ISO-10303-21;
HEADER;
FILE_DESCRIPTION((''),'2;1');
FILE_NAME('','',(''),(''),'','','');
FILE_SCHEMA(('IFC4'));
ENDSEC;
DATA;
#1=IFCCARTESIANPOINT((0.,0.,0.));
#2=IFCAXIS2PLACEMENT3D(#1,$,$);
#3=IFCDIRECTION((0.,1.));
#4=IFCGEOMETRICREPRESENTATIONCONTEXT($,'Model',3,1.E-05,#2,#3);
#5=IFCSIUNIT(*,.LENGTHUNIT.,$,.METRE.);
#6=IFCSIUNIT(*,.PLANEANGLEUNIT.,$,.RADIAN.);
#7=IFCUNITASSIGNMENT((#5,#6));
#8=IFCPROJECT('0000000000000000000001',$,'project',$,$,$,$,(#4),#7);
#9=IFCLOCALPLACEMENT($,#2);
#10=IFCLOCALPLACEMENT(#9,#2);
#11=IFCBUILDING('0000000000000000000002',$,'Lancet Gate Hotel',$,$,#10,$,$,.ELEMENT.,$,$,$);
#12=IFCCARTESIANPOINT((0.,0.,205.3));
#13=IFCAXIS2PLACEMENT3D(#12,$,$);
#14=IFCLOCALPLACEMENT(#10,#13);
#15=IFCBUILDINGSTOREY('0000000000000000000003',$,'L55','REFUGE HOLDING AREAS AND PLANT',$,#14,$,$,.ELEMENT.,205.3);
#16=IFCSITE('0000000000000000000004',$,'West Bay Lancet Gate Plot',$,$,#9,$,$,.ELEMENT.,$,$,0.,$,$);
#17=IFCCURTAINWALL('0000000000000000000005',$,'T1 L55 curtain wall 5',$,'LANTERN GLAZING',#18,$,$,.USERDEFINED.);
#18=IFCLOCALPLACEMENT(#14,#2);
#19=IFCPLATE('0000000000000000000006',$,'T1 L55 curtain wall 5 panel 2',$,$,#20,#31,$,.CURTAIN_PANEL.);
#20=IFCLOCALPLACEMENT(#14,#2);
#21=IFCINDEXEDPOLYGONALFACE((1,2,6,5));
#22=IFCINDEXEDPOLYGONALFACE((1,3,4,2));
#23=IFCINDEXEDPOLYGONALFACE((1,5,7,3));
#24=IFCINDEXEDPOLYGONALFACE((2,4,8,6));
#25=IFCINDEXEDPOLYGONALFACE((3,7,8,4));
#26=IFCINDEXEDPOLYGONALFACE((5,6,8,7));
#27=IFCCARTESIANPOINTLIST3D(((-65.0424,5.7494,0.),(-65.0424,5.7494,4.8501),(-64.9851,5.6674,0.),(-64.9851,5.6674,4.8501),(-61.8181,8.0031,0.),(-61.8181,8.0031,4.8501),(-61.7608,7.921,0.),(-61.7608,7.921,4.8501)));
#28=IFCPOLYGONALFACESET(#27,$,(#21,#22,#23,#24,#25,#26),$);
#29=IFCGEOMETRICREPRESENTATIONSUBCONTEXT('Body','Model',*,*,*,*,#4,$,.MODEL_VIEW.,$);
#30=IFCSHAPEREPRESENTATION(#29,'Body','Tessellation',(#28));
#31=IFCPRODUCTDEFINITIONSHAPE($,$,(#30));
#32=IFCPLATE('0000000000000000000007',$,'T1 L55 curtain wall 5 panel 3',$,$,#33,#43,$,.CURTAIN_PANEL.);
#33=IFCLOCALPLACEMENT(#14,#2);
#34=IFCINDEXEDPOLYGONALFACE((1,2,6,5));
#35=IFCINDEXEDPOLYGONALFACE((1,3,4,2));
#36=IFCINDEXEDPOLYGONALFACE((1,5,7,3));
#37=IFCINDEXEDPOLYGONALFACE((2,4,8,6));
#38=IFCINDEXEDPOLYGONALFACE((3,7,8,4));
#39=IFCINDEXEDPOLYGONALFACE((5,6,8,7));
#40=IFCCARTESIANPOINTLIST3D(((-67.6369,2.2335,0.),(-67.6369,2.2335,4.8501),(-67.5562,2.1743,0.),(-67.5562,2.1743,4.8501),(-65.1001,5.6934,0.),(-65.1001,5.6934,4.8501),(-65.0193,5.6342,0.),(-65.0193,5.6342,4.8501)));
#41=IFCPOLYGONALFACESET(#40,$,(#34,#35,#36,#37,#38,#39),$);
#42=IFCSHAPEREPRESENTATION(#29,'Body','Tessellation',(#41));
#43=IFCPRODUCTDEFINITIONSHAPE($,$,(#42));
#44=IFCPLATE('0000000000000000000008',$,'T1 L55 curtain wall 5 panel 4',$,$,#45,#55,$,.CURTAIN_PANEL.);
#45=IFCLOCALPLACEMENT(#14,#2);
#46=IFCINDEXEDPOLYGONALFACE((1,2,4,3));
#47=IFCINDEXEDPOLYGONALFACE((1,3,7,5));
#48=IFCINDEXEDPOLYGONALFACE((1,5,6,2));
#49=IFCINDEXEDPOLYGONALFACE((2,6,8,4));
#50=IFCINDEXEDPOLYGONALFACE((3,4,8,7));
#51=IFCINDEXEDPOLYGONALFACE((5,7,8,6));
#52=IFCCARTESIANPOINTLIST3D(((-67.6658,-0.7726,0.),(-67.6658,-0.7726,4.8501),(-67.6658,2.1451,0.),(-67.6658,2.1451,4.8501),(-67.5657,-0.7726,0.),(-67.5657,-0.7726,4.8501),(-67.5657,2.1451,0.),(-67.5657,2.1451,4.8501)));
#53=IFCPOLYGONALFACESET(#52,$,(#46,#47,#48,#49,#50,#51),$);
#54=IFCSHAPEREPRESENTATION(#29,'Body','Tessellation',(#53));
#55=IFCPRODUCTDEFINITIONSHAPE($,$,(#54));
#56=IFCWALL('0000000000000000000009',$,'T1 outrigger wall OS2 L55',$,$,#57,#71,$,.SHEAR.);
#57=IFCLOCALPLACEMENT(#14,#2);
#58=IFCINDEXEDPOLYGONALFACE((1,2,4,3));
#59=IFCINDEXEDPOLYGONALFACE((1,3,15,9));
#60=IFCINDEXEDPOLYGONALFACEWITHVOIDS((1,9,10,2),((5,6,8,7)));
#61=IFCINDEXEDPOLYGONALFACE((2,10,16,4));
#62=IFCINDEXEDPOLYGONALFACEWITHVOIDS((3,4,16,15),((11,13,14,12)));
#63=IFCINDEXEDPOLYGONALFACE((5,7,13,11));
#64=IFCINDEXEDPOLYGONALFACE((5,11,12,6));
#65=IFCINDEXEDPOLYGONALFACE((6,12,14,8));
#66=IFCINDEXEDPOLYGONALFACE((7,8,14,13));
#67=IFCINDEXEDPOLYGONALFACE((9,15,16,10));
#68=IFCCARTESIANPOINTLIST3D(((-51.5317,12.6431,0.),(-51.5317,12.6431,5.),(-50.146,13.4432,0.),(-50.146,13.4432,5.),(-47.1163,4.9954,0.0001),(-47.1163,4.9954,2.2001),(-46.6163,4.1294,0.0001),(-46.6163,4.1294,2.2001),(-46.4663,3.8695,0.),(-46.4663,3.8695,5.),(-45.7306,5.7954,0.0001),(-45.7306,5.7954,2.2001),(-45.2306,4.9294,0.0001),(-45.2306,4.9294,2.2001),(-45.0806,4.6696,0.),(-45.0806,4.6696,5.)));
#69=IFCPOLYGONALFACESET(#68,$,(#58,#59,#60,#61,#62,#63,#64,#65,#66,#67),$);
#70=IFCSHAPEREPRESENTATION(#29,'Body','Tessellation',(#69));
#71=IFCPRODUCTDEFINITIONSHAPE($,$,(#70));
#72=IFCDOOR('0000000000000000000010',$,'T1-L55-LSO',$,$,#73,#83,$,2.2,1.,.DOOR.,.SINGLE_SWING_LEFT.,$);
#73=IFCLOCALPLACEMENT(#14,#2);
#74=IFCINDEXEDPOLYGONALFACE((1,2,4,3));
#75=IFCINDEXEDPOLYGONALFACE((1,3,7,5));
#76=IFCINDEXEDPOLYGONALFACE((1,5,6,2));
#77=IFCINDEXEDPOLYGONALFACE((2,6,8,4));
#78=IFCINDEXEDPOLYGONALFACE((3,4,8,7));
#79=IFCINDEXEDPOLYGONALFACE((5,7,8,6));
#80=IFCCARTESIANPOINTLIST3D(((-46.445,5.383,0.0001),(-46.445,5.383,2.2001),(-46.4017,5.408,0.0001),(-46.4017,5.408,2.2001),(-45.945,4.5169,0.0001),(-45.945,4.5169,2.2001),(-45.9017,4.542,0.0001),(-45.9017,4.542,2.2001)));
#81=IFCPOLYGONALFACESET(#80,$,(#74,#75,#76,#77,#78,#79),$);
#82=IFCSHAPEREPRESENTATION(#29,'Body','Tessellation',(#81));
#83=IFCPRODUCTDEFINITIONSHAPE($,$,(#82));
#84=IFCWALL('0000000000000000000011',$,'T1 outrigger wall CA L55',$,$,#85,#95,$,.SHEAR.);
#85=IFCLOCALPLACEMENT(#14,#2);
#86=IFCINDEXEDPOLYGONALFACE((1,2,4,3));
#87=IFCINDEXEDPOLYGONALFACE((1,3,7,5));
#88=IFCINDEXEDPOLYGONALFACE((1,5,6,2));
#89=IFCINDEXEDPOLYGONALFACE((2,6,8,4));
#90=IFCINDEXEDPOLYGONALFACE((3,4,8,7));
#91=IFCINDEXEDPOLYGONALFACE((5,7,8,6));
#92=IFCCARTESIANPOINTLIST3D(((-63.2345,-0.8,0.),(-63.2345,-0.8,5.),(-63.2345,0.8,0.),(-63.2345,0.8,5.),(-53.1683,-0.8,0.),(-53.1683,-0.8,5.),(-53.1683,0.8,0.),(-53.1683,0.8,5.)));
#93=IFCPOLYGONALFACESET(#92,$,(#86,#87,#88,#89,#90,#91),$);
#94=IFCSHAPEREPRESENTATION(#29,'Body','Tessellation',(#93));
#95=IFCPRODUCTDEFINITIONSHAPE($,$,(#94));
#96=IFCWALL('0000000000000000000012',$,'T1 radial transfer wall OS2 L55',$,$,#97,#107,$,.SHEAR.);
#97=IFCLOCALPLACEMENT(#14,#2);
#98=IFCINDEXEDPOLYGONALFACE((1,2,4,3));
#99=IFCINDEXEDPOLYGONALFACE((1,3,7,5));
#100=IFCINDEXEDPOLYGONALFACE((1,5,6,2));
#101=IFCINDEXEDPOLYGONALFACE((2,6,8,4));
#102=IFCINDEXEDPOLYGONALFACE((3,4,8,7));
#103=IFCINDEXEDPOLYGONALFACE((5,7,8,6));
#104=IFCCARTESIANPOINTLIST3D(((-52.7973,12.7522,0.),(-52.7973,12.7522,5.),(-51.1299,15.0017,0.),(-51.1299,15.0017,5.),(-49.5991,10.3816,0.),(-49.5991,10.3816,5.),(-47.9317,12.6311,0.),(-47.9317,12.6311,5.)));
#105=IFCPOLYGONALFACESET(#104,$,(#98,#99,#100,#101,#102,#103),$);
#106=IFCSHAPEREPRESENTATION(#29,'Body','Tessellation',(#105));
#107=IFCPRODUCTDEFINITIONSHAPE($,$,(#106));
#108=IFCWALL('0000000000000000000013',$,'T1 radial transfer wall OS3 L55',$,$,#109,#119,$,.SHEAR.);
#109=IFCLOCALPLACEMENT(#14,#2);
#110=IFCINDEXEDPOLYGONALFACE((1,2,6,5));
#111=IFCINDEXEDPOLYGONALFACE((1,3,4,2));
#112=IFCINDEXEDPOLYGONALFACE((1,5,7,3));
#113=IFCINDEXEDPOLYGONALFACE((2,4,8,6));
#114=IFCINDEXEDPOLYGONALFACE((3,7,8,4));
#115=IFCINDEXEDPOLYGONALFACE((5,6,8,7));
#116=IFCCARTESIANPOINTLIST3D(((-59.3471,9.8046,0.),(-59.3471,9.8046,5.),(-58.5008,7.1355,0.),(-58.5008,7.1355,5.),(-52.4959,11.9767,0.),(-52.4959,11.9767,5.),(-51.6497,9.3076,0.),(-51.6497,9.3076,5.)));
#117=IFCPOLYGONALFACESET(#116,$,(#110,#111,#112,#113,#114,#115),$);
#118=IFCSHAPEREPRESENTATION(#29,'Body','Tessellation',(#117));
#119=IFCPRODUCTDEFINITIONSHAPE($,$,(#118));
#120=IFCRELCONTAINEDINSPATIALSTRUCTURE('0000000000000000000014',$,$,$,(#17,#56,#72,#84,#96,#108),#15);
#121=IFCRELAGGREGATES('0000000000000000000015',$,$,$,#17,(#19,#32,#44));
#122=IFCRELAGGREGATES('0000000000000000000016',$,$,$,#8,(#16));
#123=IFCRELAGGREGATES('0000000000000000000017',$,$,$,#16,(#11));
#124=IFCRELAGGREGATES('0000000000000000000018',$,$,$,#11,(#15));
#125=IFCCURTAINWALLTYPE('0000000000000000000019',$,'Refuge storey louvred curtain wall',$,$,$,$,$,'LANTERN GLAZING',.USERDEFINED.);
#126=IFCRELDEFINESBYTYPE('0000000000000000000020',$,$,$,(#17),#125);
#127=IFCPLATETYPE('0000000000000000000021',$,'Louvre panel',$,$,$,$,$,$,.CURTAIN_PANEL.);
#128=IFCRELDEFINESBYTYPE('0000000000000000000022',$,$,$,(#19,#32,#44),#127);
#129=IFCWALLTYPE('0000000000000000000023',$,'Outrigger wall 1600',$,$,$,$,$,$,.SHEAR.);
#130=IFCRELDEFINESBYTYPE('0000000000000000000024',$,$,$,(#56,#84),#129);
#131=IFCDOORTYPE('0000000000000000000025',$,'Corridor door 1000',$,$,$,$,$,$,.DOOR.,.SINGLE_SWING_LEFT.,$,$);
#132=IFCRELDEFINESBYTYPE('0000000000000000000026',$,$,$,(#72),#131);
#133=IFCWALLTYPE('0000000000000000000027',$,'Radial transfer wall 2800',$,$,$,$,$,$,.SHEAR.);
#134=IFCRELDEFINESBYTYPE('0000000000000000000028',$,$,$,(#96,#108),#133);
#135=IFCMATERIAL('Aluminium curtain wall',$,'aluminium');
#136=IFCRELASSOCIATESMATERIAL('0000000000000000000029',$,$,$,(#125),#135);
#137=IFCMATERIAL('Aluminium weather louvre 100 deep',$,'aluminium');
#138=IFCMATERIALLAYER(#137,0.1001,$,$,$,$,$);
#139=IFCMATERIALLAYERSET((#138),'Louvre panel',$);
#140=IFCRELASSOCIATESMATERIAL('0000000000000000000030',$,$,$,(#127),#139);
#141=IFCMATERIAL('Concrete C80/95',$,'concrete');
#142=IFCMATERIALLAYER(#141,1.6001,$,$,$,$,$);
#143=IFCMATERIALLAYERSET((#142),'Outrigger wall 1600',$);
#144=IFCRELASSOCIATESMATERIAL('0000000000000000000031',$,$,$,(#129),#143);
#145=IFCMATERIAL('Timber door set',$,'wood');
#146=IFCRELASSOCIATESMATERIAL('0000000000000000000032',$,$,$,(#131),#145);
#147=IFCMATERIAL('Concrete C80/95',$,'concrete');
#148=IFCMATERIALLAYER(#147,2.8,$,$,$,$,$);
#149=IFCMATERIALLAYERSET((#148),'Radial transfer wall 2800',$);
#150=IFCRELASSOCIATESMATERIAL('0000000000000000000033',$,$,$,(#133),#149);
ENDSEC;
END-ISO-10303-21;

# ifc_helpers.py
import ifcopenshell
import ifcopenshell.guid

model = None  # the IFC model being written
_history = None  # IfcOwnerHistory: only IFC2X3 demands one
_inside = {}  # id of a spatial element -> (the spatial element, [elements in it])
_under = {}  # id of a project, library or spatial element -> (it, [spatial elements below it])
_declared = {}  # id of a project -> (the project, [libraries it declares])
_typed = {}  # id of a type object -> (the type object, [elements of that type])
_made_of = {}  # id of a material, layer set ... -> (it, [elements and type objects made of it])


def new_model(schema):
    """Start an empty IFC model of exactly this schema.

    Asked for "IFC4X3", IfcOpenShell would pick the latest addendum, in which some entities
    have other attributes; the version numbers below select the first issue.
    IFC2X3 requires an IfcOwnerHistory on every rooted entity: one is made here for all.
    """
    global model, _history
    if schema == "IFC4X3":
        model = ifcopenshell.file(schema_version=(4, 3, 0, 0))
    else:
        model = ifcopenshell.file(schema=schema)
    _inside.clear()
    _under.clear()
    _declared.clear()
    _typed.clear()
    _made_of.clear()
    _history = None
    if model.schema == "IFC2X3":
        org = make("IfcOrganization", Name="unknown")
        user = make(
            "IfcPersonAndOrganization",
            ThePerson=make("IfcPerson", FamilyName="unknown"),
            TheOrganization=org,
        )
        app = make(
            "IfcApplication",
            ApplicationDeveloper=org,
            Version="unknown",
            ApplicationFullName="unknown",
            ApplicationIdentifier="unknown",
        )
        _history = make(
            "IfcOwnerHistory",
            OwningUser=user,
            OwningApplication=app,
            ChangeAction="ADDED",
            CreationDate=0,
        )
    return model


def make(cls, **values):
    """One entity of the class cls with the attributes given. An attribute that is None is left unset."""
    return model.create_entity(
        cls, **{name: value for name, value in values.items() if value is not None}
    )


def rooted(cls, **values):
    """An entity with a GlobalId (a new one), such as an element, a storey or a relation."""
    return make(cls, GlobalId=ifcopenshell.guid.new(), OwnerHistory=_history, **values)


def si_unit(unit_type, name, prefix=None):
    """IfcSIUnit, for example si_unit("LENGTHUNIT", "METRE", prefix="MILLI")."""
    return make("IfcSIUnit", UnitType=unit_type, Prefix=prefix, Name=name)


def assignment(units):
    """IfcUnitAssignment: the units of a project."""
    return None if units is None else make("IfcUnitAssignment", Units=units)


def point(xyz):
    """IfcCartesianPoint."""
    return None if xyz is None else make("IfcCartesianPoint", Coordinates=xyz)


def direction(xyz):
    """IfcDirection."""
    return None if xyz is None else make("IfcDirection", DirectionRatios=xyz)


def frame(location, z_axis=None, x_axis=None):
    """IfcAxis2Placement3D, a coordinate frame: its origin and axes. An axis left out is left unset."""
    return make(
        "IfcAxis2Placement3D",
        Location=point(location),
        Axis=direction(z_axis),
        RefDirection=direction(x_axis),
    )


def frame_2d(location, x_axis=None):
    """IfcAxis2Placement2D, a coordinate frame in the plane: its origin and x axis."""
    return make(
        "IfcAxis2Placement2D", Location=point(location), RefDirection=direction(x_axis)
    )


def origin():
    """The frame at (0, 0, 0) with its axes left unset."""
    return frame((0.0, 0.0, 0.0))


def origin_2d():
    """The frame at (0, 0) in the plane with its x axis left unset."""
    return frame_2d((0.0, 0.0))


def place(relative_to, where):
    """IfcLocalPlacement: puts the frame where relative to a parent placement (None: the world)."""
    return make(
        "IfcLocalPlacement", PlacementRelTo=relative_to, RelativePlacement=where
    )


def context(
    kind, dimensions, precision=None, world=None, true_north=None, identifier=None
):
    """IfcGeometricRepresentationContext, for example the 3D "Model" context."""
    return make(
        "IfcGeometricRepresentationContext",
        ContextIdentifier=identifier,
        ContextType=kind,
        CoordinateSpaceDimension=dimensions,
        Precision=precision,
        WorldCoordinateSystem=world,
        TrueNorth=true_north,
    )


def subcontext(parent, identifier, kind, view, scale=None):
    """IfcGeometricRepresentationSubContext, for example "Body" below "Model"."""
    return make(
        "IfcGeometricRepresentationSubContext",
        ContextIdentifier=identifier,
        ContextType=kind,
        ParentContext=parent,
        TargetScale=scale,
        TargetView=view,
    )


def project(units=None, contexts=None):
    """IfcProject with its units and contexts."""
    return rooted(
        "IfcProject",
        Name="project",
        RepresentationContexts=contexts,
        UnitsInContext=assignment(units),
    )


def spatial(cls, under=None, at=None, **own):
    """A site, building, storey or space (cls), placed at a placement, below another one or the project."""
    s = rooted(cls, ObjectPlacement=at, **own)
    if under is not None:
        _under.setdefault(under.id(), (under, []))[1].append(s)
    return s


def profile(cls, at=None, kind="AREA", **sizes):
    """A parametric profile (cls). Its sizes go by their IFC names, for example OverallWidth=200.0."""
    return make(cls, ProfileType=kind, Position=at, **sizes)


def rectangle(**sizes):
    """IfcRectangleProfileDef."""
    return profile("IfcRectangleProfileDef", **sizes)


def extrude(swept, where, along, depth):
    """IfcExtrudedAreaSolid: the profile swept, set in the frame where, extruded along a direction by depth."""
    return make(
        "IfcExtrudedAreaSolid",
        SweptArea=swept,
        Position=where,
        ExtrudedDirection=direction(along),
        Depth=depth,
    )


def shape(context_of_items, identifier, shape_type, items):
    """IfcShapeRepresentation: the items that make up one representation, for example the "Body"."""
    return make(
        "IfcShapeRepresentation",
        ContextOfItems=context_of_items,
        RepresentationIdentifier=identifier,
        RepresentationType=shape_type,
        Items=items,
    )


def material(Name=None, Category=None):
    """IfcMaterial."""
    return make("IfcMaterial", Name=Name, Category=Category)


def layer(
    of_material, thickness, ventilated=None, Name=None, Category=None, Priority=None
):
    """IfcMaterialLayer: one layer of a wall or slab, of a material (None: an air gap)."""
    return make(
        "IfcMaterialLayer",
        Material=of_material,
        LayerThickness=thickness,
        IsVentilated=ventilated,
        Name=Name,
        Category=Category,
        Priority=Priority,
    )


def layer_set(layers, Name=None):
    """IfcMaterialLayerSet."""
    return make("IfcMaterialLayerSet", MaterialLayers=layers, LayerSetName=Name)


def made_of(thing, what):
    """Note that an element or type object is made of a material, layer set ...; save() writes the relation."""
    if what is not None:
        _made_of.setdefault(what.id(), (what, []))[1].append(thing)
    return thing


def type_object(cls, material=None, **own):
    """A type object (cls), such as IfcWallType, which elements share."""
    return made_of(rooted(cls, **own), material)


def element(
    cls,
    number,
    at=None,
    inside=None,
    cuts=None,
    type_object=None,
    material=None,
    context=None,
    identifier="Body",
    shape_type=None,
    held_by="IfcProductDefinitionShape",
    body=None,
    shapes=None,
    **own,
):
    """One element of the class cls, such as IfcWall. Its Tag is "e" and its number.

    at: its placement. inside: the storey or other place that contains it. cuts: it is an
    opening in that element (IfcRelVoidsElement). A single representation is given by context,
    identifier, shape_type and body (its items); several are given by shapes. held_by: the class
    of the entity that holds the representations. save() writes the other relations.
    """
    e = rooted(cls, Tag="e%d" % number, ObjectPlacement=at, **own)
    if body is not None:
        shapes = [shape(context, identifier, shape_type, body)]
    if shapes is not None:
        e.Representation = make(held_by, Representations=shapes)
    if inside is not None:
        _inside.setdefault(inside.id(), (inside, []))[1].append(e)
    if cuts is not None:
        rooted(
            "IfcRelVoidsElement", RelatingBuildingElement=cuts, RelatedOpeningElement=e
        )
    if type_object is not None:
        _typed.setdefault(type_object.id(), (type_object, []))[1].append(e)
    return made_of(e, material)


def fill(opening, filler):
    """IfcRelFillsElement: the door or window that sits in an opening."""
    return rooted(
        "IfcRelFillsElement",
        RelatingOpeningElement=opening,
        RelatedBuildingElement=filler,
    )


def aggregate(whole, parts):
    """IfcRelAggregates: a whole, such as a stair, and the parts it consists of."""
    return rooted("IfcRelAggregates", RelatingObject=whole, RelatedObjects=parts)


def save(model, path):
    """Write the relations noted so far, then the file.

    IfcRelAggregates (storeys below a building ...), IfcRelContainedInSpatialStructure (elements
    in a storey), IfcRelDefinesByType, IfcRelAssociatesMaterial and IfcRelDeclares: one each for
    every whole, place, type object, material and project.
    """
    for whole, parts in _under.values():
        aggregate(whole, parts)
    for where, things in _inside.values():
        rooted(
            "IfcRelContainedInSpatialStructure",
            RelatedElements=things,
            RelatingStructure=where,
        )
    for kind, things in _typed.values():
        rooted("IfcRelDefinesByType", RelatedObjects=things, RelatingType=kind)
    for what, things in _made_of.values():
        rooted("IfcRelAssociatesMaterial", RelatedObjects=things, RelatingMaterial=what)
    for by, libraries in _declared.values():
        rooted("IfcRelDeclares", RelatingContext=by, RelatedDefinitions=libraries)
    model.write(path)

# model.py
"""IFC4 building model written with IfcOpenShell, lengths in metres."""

from ifc_helpers import new_model, si_unit, direction, frame, frame_2d, origin, origin_2d, place, context, subcontext, project, spatial, rectangle, extrude, material, layer, layer_set, type_object, element, fill, aggregate, save


model = new_model("IFC4")

# Units and contexts
model_context = context("Model", 3, precision=1e-05, world=origin(), true_north=direction((0.0, 1.0)))
body_context = subcontext(model_context, "Body", "Model", "MODEL_VIEW")
ifc_project = project(units=[si_unit("LENGTHUNIT", "METRE"), si_unit("PLANEANGLEUNIT", "RADIAN")], contexts=[model_context])

# Site, building, storey
site_placement = place(None, origin())
site = spatial("IfcSite", under=ifc_project, at=site_placement, Name="West Bay Lancet Gate Plot", CompositionType="ELEMENT", RefElevation=0.0)
building_placement = place(site_placement, origin())
building = spatial("IfcBuilding", under=site, at=building_placement, Name="Lancet Gate Hotel", CompositionType="ELEMENT")
storey_placement = place(building_placement, frame((0.0, 0.0, 205.3)))
storey = spatial("IfcBuildingStorey", under=building, at=storey_placement, Name="L55", Description="REFUGE HOLDING AREAS AND PLANT", CompositionType="ELEMENT", Elevation=205.3)

# Curtain wall
ifc_material_1 = material(Name="Aluminium curtain wall", Category="aluminium")
curtain_wall_type = type_object("IfcCurtainWallType", Name="Refuge storey louvred curtain wall", ElementType="LANTERN GLAZING", PredefinedType="USERDEFINED", material=ifc_material_1)
curtain_wall_1_placement = place(storey_placement, origin())
curtain_wall_1 = element("IfcCurtainWall", 1, at=curtain_wall_1_placement, inside=storey, type_object=curtain_wall_type, Name="T1 L55 curtain wall 5", ObjectType="LANTERN GLAZING", PredefinedType="USERDEFINED")

# Plates
ifc_material_2 = material(Name="Aluminium weather louvre 100 deep", Category="aluminium")
ifc_layer_1 = layer(ifc_material_2, 0.1001)
ifc_layer_set_1 = layer_set([ifc_layer_1], Name="Louvre panel")
plate_type = type_object("IfcPlateType", Name="Louvre panel", PredefinedType="CURTAIN_PANEL", material=ifc_layer_set_1)
plate_1_placement = place(storey_placement, frame((-63.4016, 6.8352, 0.0), z_axis=(0.0, 0.0, 1.0), x_axis=(-0.819631, -0.572892, 0.0)))
plate_1 = element("IfcPlate", 2, at=plate_1_placement, type_object=plate_type, Name="T1 L55 curtain wall 5 panel 2", PredefinedType="CURTAIN_PANEL", context=body_context, shape_type="SweptSolid", body=[
    extrude(rectangle(XDim=3.9338, YDim=0.1001, at=origin_2d()), origin(), (0.0, 0.0, 1.0), 4.8501),
])
plate_2_placement = place(storey_placement, frame((-66.3281, 3.9338, 0.0), z_axis=(0.0, 0.0, 1.0), x_axis=(-0.5913, -0.806452, 0.0)))
plate_2 = element("IfcPlate", 3, at=plate_2_placement, type_object=plate_type, Name="T1 L55 curtain wall 5 panel 3", PredefinedType="CURTAIN_PANEL", context=body_context, shape_type="SweptSolid", body=[
    extrude(rectangle(XDim=4.2903, YDim=0.1001, at=origin_2d()), origin(), (0.0, 0.0, 1.0), 4.8501),
])
plate_3_placement = place(storey_placement, frame((-67.6157, 0.6863, 0.0), z_axis=(0.0, 0.0, 1.0), x_axis=(0.0, -1.0, 0.0)))
plate_3 = element("IfcPlate", 4, at=plate_3_placement, type_object=plate_type, Name="T1 L55 curtain wall 5 panel 4", PredefinedType="CURTAIN_PANEL", context=body_context, shape_type="SweptSolid", body=[
    extrude(rectangle(XDim=2.9177, YDim=0.1001, at=origin_2d()), origin(), (0.0, 0.0, 1.0), 4.8501),
])
aggregate(curtain_wall_1, [plate_1, plate_2, plate_3])

# Wall, opening, door
ifc_material_3 = material(Name="Concrete C80/95", Category="concrete")
ifc_layer_2 = layer(ifc_material_3, 1.6001)
ifc_layer_set_2 = layer_set([ifc_layer_2], Name="Outrigger wall 1600")
wall_type_1 = type_object("IfcWallType", Name="Outrigger wall 1600", PredefinedType="SHEAR", material=ifc_layer_set_2)
wall_1_placement = place(storey_placement, frame((-45.7734, 4.2695, 0.0), z_axis=(0.0, 0.0, 1.0), x_axis=(-0.499996, 0.866028, 0.0)))
wall_1 = element("IfcWall", 5, at=wall_1_placement, inside=storey, type_object=wall_type_1, Name="T1 outrigger wall OS2 L55", PredefinedType="SHEAR", context=body_context, shape_type="SweptSolid", body=[
    extrude(rectangle(XDim=10.1309, YDim=1.6001, at=frame_2d((5.0654, 0.0))), origin(), (0.0, 0.0, 1.0), 5.0),
])
opening_placement = place(wall_1_placement, frame((0.3, 0.0, 0.0)))
opening = element("IfcOpeningElement", 6, at=opening_placement, cuts=wall_1, PredefinedType="OPENING", context=body_context, shape_type="SweptSolid", body=[
    extrude(rectangle(XDim=1.0, YDim=2.2, at=frame_2d((0.5, 1.1001))), frame((0.0, 0.8101, 0.0), z_axis=(0.0, -1.0, 0.0), x_axis=(1.0, 0.0, 0.0)), (0.0, 0.0, 1.0), 1.6201),
])
ifc_material_4 = material(Name="Timber door set", Category="wood")
door_type = type_object("IfcDoorType", Name="Corridor door 1000", OperationType="SINGLE_SWING_LEFT", PredefinedType="DOOR", material=ifc_material_4)
door_placement = place(opening_placement, origin())
door = element("IfcDoor", 7, at=door_placement, inside=storey, type_object=door_type, Name="T1-L55-LSO", OperationType="SINGLE_SWING_LEFT", OverallHeight=2.2, OverallWidth=1.0, PredefinedType="DOOR", context=body_context, shape_type="SweptSolid", body=[
    extrude(rectangle(XDim=1.0, YDim=2.2, at=frame_2d((0.5, 1.1001))), frame((0.0, 0.0249, 0.0), z_axis=(0.0, -1.0, 0.0), x_axis=(1.0, 0.0, 0.0)), (0.0, 0.0, 1.0), 0.05),
])
fill(opening, door)

# Walls
wall_2_placement = place(storey_placement, frame((-53.1682, 0.0, 0.0), z_axis=(0.0, 0.0, 1.0), x_axis=(-1.0, 0.0, 0.0)))
element("IfcWall", 8, at=wall_2_placement, inside=storey, type_object=wall_type_1, Name="T1 outrigger wall CA L55", PredefinedType="SHEAR", context=body_context, shape_type="SweptSolid", body=[
    extrude(rectangle(XDim=10.0662, YDim=1.6001, at=frame_2d((5.0332, 0.0))), origin(), (0.0, 0.0, 1.0), 5.0),
])
ifc_material_5 = material(Name="Concrete C80/95", Category="concrete")
ifc_layer_3 = layer(ifc_material_5, 2.8)
ifc_layer_set_3 = layer_set([ifc_layer_3], Name="Radial transfer wall 2800")
wall_type_2 = type_object("IfcWallType", Name="Radial transfer wall 2800", PredefinedType="SHEAR", material=ifc_layer_set_3)
wall_3_placement = place(storey_placement, frame((-51.9636, 13.877, 0.0), z_axis=(0.0, 0.0, 1.0), x_axis=(0.803372, -0.595477, 0.0)))
element("IfcWall", 9, at=wall_3_placement, inside=storey, type_object=wall_type_2, Name="T1 radial transfer wall OS2 L55", PredefinedType="SHEAR", context=body_context, shape_type="SweptSolid", body=[
    extrude(rectangle(XDim=3.981, YDim=2.8, at=frame_2d((1.9905, 0.0))), origin(), (0.0, 0.0, 1.0), 5.0),
])
wall_4_placement = place(storey_placement, frame((-58.9241, 8.47, 0.0), z_axis=(0.0, 0.0, 1.0), x_axis=(0.953238, 0.302222, 0.0)))
element("IfcWall", 10, at=wall_4_placement, inside=storey, type_object=wall_type_2, Name="T1 radial transfer wall OS3 L55", PredefinedType="SHEAR", context=body_context, shape_type="SweptSolid", body=[
    extrude(rectangle(XDim=7.1873, YDim=2.8, at=frame_2d((3.5938, 0.0))), origin(), (0.0, 0.0, 1.0), 5.0),
])

save(model, "model.ifc")
